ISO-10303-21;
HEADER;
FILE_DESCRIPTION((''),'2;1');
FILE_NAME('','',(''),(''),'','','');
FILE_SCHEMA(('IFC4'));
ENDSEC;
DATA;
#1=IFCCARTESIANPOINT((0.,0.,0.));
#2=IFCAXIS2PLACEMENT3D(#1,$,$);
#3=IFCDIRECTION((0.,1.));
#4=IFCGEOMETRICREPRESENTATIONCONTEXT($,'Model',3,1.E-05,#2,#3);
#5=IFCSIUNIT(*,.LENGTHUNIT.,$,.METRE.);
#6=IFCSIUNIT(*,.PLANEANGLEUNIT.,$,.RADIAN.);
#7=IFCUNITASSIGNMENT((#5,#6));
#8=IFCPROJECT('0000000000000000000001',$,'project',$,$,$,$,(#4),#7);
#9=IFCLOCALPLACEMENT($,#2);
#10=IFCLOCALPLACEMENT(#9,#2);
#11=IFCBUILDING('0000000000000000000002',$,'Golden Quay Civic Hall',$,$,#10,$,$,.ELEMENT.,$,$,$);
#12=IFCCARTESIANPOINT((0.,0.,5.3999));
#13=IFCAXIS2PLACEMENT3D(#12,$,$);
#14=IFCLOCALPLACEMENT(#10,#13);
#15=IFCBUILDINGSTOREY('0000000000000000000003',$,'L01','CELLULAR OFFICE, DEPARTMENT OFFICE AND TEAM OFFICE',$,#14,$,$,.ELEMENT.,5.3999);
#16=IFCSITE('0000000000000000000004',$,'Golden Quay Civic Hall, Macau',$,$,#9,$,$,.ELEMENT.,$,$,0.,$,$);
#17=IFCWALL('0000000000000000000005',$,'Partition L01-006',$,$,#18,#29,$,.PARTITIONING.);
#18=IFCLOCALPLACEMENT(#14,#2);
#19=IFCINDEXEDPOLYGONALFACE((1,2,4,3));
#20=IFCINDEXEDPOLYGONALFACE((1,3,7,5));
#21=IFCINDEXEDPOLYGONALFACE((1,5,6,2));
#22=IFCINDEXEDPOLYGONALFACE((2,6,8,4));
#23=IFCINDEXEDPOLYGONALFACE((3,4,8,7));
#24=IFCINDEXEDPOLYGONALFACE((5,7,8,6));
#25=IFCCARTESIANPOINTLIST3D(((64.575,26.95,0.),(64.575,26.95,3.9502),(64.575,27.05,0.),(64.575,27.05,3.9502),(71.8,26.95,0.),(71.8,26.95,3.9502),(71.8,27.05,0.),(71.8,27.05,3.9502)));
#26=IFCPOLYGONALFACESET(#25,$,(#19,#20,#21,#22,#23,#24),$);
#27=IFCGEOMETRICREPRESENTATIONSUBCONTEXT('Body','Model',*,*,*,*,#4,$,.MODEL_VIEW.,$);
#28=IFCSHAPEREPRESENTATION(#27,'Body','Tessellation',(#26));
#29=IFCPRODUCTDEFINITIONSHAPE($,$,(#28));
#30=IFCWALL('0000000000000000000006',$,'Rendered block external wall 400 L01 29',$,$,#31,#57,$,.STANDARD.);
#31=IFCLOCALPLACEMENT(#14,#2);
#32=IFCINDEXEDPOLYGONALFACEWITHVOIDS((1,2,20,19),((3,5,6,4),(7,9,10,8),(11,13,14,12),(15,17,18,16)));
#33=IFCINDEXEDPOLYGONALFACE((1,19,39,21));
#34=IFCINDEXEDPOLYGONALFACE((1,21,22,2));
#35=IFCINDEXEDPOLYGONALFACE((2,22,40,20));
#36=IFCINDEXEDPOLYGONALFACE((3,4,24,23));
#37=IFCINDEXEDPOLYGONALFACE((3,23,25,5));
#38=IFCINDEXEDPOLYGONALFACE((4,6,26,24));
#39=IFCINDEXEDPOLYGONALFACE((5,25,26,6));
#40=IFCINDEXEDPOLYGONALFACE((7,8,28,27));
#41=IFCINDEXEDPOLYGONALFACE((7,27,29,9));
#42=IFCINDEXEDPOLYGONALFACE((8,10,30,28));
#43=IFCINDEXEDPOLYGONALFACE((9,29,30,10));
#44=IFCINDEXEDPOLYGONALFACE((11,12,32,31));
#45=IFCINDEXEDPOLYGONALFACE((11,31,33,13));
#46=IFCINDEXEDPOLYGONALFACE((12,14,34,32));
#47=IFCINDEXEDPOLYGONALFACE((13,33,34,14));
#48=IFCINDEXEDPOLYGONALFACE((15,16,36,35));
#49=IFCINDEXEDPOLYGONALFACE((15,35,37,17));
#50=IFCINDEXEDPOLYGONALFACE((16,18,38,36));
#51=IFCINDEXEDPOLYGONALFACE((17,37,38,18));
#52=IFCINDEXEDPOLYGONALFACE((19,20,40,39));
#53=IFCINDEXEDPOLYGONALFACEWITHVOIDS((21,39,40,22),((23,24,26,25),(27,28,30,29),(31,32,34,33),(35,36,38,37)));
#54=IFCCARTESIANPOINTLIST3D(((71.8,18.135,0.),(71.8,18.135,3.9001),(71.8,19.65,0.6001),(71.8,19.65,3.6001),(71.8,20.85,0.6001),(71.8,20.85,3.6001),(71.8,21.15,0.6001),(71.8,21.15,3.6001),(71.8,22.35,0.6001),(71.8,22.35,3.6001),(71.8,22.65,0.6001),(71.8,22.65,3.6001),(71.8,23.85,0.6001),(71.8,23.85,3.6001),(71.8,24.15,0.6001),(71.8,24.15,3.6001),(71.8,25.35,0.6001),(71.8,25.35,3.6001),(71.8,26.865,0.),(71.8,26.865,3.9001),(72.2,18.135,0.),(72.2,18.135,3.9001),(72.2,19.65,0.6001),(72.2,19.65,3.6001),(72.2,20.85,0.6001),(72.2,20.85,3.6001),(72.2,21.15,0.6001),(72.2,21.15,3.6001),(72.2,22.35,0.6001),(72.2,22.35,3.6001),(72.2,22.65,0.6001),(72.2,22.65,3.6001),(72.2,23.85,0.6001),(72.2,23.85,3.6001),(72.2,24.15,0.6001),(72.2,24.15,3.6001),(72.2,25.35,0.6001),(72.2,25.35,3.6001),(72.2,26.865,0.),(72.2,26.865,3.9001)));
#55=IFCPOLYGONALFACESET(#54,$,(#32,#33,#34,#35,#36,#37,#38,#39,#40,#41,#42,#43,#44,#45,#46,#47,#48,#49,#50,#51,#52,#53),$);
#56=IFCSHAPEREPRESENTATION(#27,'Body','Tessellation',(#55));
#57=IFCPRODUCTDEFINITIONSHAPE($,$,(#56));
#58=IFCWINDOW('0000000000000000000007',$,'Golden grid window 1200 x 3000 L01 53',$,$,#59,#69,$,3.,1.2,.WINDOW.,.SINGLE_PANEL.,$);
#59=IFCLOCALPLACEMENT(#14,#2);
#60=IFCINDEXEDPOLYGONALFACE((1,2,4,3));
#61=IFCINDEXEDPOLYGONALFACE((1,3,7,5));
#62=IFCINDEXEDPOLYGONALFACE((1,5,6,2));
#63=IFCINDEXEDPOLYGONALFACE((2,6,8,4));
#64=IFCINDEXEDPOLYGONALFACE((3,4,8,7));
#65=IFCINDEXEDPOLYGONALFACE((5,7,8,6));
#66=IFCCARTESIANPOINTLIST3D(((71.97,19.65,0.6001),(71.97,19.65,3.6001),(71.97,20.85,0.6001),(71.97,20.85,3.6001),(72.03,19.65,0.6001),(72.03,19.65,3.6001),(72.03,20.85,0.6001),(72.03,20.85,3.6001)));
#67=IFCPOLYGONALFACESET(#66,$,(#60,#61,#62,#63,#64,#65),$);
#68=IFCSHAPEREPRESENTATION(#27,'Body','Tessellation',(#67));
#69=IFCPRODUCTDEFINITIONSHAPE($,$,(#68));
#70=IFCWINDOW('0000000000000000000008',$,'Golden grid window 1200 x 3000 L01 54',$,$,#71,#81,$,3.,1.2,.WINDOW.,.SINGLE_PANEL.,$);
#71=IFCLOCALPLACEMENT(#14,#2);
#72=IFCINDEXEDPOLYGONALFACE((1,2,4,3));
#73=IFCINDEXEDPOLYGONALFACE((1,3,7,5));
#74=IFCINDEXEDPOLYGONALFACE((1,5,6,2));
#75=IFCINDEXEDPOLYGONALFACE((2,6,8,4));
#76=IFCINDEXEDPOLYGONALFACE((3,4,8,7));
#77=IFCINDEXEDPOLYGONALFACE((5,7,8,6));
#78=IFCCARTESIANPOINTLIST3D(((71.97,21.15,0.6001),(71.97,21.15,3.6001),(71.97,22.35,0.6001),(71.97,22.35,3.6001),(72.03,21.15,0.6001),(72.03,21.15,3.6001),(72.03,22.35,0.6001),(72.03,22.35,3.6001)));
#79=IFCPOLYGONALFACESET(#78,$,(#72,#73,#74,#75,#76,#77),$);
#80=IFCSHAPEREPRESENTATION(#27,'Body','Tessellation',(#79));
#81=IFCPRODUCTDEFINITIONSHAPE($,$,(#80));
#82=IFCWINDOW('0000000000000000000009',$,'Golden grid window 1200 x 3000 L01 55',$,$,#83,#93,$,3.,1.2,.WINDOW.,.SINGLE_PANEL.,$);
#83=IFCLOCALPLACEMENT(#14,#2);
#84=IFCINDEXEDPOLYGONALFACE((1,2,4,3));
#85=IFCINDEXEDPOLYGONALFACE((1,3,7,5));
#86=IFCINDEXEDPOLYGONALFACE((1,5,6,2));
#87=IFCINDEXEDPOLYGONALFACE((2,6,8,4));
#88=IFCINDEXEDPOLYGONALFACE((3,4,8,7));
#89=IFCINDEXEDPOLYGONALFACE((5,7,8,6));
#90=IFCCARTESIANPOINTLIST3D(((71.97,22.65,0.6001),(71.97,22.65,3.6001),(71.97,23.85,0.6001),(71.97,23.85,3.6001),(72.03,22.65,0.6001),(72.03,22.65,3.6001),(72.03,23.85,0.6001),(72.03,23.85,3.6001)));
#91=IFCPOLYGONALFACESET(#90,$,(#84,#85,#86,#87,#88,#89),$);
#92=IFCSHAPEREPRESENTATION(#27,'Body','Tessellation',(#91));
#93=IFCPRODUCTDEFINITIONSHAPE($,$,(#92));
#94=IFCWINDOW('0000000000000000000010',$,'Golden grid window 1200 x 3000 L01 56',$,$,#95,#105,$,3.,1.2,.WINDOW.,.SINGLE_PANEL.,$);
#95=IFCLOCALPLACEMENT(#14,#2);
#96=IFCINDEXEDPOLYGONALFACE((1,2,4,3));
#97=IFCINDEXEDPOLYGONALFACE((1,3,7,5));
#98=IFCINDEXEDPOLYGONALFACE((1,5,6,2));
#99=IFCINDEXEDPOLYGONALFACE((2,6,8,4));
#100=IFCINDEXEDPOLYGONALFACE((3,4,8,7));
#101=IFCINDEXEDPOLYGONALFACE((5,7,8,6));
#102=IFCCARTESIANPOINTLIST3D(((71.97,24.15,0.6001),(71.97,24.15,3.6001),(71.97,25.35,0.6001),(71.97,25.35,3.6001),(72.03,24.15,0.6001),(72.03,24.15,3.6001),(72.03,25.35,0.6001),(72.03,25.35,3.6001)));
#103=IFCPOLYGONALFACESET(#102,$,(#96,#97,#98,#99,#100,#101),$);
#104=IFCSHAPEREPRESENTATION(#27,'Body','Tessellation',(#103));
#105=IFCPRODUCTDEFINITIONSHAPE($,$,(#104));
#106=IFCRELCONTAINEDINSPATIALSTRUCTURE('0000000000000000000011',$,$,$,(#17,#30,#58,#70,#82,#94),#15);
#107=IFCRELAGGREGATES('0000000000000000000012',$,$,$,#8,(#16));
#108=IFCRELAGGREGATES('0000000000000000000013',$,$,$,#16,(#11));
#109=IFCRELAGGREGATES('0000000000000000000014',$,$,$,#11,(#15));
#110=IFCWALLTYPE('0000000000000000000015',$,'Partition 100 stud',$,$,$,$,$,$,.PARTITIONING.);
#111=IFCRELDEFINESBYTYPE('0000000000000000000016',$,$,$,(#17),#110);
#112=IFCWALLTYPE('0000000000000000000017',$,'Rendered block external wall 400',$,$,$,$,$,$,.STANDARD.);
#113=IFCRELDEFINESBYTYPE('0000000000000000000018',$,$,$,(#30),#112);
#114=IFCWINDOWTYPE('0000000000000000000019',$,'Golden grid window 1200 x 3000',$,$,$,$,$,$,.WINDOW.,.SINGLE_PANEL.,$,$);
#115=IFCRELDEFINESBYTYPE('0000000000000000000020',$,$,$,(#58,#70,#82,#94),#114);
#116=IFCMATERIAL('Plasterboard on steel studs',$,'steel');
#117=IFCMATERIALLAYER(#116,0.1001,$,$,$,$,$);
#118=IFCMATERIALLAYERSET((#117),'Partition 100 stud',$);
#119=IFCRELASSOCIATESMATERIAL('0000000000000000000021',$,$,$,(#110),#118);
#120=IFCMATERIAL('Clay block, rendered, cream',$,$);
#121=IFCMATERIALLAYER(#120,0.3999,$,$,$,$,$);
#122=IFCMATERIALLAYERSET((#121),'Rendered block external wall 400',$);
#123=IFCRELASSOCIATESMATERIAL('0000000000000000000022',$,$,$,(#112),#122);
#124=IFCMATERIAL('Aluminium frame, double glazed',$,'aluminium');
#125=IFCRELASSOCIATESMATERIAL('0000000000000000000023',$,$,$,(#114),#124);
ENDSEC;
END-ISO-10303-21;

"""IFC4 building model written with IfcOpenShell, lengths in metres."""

from ifc_helpers import new_model, si_unit, direction, frame, frame_2d, origin, place, context, subcontext, project, spatial, rectangle, extrude, material, layer, layer_set, type_object, element, fill, save


model = new_model("IFC4")

# Units and contexts
model_context = context("Model", 3, precision=1e-05, world=origin(), true_north=direction((0.0, 1.0)))
body_context = subcontext(model_context, "Body", "Model", "MODEL_VIEW")
ifc_project = project(units=[si_unit("LENGTHUNIT", "METRE"), si_unit("PLANEANGLEUNIT", "RADIAN")], contexts=[model_context])

# Site, building, storey
site_placement = place(None, origin())
site = spatial("IfcSite", under=ifc_project, at=site_placement, Name="Golden Quay Civic Hall, Macau", CompositionType="ELEMENT", RefElevation=0.0)
building_placement = place(site_placement, origin())
building = spatial("IfcBuilding", under=site, at=building_placement, Name="Golden Quay Civic Hall", CompositionType="ELEMENT")
storey_placement = place(building_placement, frame((0.0, 0.0, 5.3999)))
storey = spatial("IfcBuildingStorey", under=building, at=storey_placement, Name="L01", Description="CELLULAR OFFICE, DEPARTMENT OFFICE AND TEAM OFFICE", CompositionType="ELEMENT", Elevation=5.3999)

# Wall
ifc_material_1 = material(Name="Plasterboard on steel studs", Category="steel")
ifc_layer_1 = layer(ifc_material_1, 0.1001)
ifc_layer_set_1 = layer_set([ifc_layer_1], Name="Partition 100 stud")
wall_type_1 = type_object("IfcWallType", Name="Partition 100 stud", PredefinedType="PARTITIONING", material=ifc_layer_set_1)
wall_1_placement = place(storey_placement, frame((64.575, 27.0, 0.0), z_axis=(0.0, 0.0, 1.0), x_axis=(1.0, 0.0, 0.0)))
element("IfcWall", 1, at=wall_1_placement, inside=storey, type_object=wall_type_1, Name="Partition L01-006", PredefinedType="PARTITIONING", context=body_context, shape_type="SweptSolid", body=[
    extrude(rectangle(XDim=7.2251, YDim=0.1001, at=frame_2d((3.6125, 0.0))), origin(), (0.0, 0.0, 1.0), 3.9502),
])

# Wall, openings, windows
ifc_material_2 = material(Name="Clay block, rendered, cream")
ifc_layer_2 = layer(ifc_material_2, 0.3999)
ifc_layer_set_2 = layer_set([ifc_layer_2], Name="Rendered block external wall 400")
wall_type_2 = type_object("IfcWallType", Name="Rendered block external wall 400", PredefinedType="STANDARD", material=ifc_layer_set_2)
wall_2_placement = place(storey_placement, frame((72.0, 26.865, 0.0), z_axis=(0.0, 0.0, 1.0), x_axis=(0.0, -1.0, 0.0)))
wall_2 = element("IfcWall", 2, at=wall_2_placement, inside=storey, type_object=wall_type_2, Name="Rendered block external wall 400 L01 29", PredefinedType="STANDARD", context=body_context, shape_type="SweptSolid", body=[
    extrude(rectangle(XDim=8.73, YDim=0.3999, at=frame_2d((4.365, 0.0))), origin(), (0.0, 0.0, 1.0), 3.9001),
])
opening_1_placement = place(wall_2_placement, frame((6.0149, 0.0, 0.6001)))
opening_1 = element("IfcOpeningElement", 3, at=opening_1_placement, cuts=wall_2, PredefinedType="OPENING", context=body_context, shape_type="SweptSolid", body=[
    extrude(rectangle(XDim=1.2, YDim=3.0, at=frame_2d((0.6001, 1.5))), frame((0.0, 0.21, 0.0), z_axis=(0.0, -1.0, 0.0), x_axis=(1.0, 0.0, 0.0)), (0.0, 0.0, 1.0), 0.4199),
])
opening_2_placement = place(wall_2_placement, frame((4.5149, 0.0, 0.6001)))
opening_2 = element("IfcOpeningElement", 4, at=opening_2_placement, cuts=wall_2, PredefinedType="OPENING", context=body_context, shape_type="SweptSolid", body=[
    extrude(rectangle(XDim=1.2, YDim=3.0, at=frame_2d((0.6001, 1.5))), frame((0.0, 0.21, 0.0), z_axis=(0.0, -1.0, 0.0), x_axis=(1.0, 0.0, 0.0)), (0.0, 0.0, 1.0), 0.4199),
])
opening_3_placement = place(wall_2_placement, frame((3.0149, 0.0, 0.6001)))
opening_3 = element("IfcOpeningElement", 5, at=opening_3_placement, cuts=wall_2, PredefinedType="OPENING", context=body_context, shape_type="SweptSolid", body=[
    extrude(rectangle(XDim=1.2, YDim=3.0, at=frame_2d((0.6001, 1.5))), frame((0.0, 0.21, 0.0), z_axis=(0.0, -1.0, 0.0), x_axis=(1.0, 0.0, 0.0)), (0.0, 0.0, 1.0), 0.4199),
])
opening_4_placement = place(wall_2_placement, frame((1.5149, 0.0, 0.6001)))
opening_4 = element("IfcOpeningElement", 6, at=opening_4_placement, cuts=wall_2, PredefinedType="OPENING", context=body_context, shape_type="SweptSolid", body=[
    extrude(rectangle(XDim=1.2, YDim=3.0, at=frame_2d((0.6001, 1.5))), frame((0.0, 0.21, 0.0), z_axis=(0.0, -1.0, 0.0), x_axis=(1.0, 0.0, 0.0)), (0.0, 0.0, 1.0), 0.4199),
])
ifc_material_3 = material(Name="Aluminium frame, double glazed", Category="aluminium")
window_type = type_object("IfcWindowType", Name="Golden grid window 1200 x 3000", PartitioningType="SINGLE_PANEL", PredefinedType="WINDOW", material=ifc_material_3)
window_1_placement = place(opening_1_placement, origin())
window_1 = element("IfcWindow", 7, at=window_1_placement, inside=storey, type_object=window_type, Name="Golden grid window 1200 x 3000 L01 53", OverallHeight=3.0, OverallWidth=1.2, PartitioningType="SINGLE_PANEL", PredefinedType="WINDOW", context=body_context, shape_type="SweptSolid", body=[
    extrude(rectangle(XDim=1.2, YDim=3.0, at=frame_2d((0.6001, 1.5))), frame((0.0, 0.03, 0.0), z_axis=(0.0, -1.0, 0.0), x_axis=(1.0, 0.0, 0.0)), (0.0, 0.0, 1.0), 0.0601),
])
fill(opening_1, window_1)
window_2_placement = place(opening_2_placement, origin())
window_2 = element("IfcWindow", 8, at=window_2_placement, inside=storey, type_object=window_type, Name="Golden grid window 1200 x 3000 L01 54", OverallHeight=3.0, OverallWidth=1.2, PartitioningType="SINGLE_PANEL", PredefinedType="WINDOW", context=body_context, shape_type="SweptSolid", body=[
    extrude(rectangle(XDim=1.2, YDim=3.0, at=frame_2d((0.6001, 1.5))), frame((0.0, 0.03, 0.0), z_axis=(0.0, -1.0, 0.0), x_axis=(1.0, 0.0, 0.0)), (0.0, 0.0, 1.0), 0.0601),
])
fill(opening_2, window_2)
window_3_placement = place(opening_3_placement, origin())
window_3 = element("IfcWindow", 9, at=window_3_placement, inside=storey, type_object=window_type, Name="Golden grid window 1200 x 3000 L01 55", OverallHeight=3.0, OverallWidth=1.2, PartitioningType="SINGLE_PANEL", PredefinedType="WINDOW", context=body_context, shape_type="SweptSolid", body=[
    extrude(rectangle(XDim=1.2, YDim=3.0, at=frame_2d((0.6001, 1.5))), frame((0.0, 0.03, 0.0), z_axis=(0.0, -1.0, 0.0), x_axis=(1.0, 0.0, 0.0)), (0.0, 0.0, 1.0), 0.0601),
])
fill(opening_3, window_3)
window_4_placement = place(opening_4_placement, origin())
window_4 = element("IfcWindow", 10, at=window_4_placement, inside=storey, type_object=window_type, Name="Golden grid window 1200 x 3000 L01 56", OverallHeight=3.0, OverallWidth=1.2, PartitioningType="SINGLE_PANEL", PredefinedType="WINDOW", context=body_context, shape_type="SweptSolid", body=[
    extrude(rectangle(XDim=1.2, YDim=3.0, at=frame_2d((0.6001, 1.5))), frame((0.0, 0.03, 0.0), z_axis=(0.0, -1.0, 0.0), x_axis=(1.0, 0.0, 0.0)), (0.0, 0.0, 1.0), 0.0601),
])
fill(opening_4, window_4)

save(model, "model.ifc")
